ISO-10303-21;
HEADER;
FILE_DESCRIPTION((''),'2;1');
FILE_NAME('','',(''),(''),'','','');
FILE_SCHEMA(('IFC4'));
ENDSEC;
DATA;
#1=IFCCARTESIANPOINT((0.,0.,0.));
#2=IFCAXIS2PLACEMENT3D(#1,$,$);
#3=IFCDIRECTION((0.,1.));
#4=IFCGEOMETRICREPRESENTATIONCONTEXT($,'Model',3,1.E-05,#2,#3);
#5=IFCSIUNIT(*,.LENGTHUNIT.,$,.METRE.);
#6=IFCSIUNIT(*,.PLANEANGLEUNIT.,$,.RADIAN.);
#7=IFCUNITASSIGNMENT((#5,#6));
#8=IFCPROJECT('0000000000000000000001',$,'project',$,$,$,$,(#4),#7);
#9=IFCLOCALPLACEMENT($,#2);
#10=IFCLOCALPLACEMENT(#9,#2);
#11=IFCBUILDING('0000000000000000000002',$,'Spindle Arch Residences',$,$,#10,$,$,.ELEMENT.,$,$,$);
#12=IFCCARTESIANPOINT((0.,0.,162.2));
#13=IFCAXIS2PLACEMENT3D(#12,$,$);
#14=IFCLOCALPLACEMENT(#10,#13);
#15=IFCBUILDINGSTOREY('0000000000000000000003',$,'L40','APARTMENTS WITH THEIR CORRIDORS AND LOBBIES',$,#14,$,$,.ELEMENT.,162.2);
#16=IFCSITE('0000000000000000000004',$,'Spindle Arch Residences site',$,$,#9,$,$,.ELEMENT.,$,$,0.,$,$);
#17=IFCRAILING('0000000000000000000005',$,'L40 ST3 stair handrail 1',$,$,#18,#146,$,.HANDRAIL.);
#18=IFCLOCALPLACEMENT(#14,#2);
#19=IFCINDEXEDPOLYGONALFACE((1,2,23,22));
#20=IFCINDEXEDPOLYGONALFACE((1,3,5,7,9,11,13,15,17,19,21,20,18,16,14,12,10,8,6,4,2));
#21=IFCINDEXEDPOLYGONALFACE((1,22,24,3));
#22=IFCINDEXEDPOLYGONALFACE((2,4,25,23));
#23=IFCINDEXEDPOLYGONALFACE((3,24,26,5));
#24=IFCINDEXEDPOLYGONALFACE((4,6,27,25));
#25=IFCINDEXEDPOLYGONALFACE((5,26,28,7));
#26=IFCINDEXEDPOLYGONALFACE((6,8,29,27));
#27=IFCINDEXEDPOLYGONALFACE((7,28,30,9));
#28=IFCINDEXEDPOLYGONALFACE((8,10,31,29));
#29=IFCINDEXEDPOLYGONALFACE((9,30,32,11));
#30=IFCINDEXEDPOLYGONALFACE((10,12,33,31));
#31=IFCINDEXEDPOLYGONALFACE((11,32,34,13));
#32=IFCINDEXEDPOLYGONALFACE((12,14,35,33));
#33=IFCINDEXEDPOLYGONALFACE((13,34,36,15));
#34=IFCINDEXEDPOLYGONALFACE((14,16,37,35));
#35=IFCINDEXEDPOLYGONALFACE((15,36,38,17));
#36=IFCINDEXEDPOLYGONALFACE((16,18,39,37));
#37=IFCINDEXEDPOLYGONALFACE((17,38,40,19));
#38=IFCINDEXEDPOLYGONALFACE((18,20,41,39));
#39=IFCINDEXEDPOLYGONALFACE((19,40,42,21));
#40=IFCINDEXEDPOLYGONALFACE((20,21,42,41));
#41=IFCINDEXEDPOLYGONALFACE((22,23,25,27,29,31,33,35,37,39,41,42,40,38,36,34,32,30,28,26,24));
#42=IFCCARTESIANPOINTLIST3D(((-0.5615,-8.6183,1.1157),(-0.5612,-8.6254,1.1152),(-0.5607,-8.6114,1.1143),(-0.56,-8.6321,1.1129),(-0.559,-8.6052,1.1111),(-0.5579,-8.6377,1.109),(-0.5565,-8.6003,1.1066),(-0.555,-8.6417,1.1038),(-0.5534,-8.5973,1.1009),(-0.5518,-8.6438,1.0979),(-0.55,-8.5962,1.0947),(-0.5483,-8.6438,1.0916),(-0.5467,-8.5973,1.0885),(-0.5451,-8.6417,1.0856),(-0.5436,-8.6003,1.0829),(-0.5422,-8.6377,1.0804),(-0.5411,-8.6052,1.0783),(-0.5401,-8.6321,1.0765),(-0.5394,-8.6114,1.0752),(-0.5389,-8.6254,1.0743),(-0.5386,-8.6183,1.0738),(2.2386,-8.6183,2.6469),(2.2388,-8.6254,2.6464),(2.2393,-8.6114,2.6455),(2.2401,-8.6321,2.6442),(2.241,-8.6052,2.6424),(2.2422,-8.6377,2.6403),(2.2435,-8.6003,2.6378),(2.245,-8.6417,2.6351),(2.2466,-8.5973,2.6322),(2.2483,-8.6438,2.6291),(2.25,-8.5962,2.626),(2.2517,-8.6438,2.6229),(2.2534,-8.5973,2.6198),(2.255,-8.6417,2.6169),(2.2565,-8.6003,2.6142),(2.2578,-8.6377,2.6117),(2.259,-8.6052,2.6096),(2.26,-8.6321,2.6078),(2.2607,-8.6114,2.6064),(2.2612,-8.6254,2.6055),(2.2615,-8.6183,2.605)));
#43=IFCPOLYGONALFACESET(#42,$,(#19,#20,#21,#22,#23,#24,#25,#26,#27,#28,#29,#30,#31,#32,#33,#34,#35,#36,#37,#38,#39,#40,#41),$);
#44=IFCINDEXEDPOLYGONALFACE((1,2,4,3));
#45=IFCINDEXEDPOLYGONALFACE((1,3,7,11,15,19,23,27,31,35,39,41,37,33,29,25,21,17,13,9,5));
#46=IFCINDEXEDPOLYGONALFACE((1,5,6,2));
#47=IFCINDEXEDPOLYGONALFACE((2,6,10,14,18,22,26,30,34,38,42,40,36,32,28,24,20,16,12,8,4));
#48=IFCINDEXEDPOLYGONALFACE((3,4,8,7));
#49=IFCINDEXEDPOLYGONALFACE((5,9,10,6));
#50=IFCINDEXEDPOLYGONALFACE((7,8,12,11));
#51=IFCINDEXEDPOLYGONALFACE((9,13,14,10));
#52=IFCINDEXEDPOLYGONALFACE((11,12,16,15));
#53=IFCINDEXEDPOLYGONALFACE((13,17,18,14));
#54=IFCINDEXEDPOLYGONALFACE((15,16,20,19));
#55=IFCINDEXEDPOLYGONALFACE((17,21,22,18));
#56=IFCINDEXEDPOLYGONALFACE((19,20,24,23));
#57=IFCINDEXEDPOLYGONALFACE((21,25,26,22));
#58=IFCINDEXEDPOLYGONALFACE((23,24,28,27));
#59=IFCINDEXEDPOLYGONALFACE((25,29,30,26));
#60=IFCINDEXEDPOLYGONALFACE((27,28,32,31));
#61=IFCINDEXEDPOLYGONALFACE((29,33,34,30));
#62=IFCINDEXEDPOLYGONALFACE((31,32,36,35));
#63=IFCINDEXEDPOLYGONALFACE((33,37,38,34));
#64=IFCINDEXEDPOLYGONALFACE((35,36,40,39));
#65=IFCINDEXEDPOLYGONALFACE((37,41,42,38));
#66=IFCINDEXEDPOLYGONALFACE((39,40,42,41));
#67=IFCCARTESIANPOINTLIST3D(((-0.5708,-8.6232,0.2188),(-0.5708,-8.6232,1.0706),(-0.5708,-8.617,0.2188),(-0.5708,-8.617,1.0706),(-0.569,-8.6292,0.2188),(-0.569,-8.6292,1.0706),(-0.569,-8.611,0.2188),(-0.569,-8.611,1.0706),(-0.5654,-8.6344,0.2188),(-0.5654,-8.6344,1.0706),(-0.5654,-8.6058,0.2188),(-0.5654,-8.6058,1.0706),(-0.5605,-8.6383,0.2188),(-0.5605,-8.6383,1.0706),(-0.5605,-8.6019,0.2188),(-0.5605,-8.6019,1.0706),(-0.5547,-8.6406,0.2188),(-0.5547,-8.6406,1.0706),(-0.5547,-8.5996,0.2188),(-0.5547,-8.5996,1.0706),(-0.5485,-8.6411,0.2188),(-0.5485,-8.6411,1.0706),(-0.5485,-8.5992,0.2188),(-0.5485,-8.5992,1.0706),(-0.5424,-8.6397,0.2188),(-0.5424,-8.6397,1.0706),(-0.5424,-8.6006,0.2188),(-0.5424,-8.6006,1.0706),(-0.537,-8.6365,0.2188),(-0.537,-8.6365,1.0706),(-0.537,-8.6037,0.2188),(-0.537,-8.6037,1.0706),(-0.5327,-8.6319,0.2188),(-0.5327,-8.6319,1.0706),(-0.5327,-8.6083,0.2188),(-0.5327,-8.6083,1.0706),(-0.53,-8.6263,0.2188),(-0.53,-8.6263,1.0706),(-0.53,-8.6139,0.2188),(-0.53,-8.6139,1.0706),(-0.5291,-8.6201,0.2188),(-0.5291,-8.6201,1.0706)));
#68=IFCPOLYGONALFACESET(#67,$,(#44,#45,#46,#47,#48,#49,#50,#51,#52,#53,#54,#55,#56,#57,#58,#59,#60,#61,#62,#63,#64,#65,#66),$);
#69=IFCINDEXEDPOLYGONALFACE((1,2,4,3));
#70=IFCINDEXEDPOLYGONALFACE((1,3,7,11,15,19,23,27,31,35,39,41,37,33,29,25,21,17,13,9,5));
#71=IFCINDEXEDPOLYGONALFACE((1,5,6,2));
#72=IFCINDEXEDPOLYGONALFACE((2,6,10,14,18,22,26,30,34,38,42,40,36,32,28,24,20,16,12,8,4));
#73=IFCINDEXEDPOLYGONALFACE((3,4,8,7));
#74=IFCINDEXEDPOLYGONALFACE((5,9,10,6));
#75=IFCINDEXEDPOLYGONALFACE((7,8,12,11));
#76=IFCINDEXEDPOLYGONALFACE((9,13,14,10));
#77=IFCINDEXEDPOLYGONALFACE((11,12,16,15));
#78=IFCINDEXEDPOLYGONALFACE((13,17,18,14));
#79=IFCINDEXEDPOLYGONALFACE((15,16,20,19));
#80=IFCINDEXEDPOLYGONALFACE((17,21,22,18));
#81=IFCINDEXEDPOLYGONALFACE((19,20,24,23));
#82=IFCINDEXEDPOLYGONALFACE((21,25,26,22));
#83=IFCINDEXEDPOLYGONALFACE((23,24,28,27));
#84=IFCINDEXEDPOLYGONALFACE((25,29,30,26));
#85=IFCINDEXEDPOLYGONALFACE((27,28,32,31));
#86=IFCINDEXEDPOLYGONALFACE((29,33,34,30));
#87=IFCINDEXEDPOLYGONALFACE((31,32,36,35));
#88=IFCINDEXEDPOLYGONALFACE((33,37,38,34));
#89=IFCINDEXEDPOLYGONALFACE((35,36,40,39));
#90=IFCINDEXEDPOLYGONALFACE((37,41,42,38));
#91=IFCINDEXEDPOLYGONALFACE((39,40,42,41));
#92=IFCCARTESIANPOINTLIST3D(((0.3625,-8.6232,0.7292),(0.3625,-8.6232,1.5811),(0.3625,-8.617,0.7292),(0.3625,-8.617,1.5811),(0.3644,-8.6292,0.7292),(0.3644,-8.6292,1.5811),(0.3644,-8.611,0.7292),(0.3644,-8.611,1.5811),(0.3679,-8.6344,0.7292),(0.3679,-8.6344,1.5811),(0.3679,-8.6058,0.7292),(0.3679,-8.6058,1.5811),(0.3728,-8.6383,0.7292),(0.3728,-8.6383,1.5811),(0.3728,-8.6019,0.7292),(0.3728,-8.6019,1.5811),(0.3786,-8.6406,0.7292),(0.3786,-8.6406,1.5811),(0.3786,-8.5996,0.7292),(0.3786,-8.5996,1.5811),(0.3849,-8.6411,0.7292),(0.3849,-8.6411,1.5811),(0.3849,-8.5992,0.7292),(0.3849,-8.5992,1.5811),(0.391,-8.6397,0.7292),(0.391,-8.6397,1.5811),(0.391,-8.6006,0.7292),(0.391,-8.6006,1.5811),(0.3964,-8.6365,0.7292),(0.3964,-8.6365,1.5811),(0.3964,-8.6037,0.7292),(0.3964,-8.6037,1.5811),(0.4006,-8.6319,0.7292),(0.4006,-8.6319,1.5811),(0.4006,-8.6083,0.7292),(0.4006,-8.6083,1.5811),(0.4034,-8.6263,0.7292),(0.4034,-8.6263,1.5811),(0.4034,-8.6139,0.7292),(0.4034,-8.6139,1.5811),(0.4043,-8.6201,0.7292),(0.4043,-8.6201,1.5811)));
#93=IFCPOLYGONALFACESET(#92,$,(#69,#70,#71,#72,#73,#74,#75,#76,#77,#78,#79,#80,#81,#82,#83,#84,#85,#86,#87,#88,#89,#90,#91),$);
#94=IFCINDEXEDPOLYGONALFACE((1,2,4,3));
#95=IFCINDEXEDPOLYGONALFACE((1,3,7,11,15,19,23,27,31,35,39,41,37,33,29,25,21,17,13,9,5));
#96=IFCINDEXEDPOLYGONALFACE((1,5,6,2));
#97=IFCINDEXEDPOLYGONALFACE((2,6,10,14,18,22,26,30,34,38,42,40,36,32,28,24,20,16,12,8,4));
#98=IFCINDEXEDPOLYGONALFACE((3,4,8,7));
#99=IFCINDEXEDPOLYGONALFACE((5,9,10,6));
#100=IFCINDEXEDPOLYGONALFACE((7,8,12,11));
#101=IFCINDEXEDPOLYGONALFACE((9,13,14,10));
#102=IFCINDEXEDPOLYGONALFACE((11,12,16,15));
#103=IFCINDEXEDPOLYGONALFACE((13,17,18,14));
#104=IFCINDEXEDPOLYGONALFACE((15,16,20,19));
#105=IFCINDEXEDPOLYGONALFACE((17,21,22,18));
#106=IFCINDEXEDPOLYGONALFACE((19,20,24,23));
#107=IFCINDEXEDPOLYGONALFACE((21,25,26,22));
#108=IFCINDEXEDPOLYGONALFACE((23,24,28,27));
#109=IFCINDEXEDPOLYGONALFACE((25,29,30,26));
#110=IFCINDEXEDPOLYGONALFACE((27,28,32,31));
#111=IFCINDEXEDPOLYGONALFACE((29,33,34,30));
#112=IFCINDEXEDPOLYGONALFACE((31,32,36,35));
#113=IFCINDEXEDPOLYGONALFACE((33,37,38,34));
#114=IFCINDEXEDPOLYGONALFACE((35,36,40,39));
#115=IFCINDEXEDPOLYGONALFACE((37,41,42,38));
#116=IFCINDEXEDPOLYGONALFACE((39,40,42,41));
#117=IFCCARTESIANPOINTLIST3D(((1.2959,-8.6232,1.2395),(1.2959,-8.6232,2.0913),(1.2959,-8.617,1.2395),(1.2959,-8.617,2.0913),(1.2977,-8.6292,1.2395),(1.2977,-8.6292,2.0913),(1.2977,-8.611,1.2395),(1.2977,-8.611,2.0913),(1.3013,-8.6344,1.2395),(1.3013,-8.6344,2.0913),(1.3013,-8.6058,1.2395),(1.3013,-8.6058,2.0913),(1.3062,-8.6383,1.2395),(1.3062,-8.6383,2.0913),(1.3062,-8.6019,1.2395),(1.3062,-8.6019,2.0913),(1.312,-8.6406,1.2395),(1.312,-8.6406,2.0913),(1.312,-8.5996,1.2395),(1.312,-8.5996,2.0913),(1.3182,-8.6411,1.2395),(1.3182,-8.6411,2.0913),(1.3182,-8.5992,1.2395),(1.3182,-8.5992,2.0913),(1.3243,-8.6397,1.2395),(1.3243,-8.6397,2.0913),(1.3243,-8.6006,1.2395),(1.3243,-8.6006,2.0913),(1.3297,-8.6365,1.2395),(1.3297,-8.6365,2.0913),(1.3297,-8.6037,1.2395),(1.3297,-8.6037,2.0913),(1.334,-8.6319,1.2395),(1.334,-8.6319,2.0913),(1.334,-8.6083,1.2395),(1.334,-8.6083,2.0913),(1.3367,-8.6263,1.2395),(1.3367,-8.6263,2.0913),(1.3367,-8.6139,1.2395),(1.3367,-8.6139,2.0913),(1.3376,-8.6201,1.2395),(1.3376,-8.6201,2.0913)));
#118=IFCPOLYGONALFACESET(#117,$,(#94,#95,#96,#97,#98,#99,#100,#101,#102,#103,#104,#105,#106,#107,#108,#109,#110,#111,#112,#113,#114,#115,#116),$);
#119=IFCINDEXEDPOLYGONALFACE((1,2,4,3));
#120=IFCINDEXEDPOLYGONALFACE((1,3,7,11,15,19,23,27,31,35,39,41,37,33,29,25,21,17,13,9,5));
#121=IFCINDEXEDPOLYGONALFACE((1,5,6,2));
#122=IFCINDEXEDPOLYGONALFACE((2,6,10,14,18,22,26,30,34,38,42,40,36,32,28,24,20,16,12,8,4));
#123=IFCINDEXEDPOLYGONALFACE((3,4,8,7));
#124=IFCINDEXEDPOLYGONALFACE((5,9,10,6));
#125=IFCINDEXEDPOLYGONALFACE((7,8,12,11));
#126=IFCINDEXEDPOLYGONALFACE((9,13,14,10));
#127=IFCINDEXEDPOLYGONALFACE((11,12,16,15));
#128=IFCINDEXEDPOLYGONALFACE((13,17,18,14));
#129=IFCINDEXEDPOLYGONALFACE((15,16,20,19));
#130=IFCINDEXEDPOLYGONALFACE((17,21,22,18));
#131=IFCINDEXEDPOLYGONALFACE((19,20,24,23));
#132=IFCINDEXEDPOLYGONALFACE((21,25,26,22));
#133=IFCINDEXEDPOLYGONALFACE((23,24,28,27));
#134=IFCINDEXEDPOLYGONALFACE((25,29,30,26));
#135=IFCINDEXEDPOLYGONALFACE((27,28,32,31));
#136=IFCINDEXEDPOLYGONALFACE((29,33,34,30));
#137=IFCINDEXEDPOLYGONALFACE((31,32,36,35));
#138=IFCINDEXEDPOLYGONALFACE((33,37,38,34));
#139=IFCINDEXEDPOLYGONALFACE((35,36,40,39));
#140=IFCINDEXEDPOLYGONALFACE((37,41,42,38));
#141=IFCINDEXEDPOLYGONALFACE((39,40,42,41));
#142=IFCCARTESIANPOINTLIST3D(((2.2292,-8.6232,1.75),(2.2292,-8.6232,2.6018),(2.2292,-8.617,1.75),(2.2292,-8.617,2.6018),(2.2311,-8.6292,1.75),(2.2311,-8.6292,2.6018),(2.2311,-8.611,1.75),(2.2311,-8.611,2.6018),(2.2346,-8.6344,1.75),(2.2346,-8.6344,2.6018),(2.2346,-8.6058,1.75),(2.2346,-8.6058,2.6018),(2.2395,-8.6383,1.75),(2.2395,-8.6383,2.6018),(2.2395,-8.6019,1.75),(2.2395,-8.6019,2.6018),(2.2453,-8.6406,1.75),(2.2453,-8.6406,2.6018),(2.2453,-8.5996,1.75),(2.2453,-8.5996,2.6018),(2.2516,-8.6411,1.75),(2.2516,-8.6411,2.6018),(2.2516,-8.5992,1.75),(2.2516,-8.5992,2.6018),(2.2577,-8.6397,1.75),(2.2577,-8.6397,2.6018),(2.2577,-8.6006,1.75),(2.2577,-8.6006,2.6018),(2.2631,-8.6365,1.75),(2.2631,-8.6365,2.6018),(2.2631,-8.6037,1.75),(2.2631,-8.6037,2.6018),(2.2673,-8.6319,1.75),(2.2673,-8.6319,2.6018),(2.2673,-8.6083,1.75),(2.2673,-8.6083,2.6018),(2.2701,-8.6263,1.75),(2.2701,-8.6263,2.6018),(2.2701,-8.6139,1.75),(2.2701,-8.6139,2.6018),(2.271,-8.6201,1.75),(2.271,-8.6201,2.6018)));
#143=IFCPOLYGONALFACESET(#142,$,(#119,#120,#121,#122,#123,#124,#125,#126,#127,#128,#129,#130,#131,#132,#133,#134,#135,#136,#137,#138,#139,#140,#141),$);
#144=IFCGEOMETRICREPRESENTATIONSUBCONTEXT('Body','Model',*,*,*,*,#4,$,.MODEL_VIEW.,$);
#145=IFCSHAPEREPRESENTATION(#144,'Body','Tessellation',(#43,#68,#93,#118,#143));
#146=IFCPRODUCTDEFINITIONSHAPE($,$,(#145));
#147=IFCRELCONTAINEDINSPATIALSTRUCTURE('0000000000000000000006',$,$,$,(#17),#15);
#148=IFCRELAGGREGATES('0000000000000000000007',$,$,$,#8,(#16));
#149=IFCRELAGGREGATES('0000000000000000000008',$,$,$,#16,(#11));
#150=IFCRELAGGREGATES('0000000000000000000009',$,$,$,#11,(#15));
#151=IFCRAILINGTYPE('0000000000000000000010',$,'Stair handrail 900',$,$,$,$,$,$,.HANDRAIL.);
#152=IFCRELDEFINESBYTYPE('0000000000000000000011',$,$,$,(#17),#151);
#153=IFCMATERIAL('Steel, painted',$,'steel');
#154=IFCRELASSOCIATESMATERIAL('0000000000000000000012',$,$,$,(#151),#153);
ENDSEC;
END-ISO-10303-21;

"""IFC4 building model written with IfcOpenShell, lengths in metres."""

from ifc_helpers import new_model, si_unit, direction, frame, origin, origin_2d, place, context, subcontext, project, spatial, circle, extrude, material, type_object, element, save


model = new_model("IFC4")

# Units and contexts
model_context = context("Model", 3, precision=1e-05, world=origin(), true_north=direction((0.0, 1.0)))
body_context = subcontext(model_context, "Body", "Model", "MODEL_VIEW")
ifc_project = project(units=[si_unit("LENGTHUNIT", "METRE"), si_unit("PLANEANGLEUNIT", "RADIAN")], contexts=[model_context])

# Site, building, storey
site_placement = place(None, origin())
site = spatial("IfcSite", under=ifc_project, at=site_placement, Name="Spindle Arch Residences site", CompositionType="ELEMENT", RefElevation=0.0)
building_placement = place(site_placement, origin())
building = spatial("IfcBuilding", under=site, at=building_placement, Name="Spindle Arch Residences", CompositionType="ELEMENT")
storey_placement = place(building_placement, frame((0.0, 0.0, 162.2)))
storey = spatial("IfcBuildingStorey", under=building, at=storey_placement, Name="L40", Description="APARTMENTS WITH THEIR CORRIDORS AND LOBBIES", CompositionType="ELEMENT", Elevation=162.2)

# Railing
ifc_material_1 = material(Name="Steel, painted", Category="steel")
railing_type_1 = type_object("IfcRailingType", Name="Stair handrail 900", PredefinedType="HANDRAIL", material=ifc_material_1)
railing_1_placement = place(storey_placement, frame((-0.55, -8.6201, 0.2188)))
element("IfcRailing", 1, at=railing_1_placement, inside=storey, type_object=railing_type_1, Name="L40 ST3 stair handrail 1", PredefinedType="HANDRAIL", context=body_context, shape_type="SweptSolid", body=[
    extrude(circle(Radius=0.0239, at=origin_2d()), frame((0.0, 0.0, 0.876), z_axis=(0.877375, 0.0, 0.479806), x_axis=(0.0, 1.0, 0.0)), (0.0, 0.0, 1.0), 3.1914),
    extrude(circle(Radius=0.021, at=origin_2d()), origin(), (0.0, 0.0, 1.0), 0.8518),
    extrude(circle(Radius=0.021, at=origin_2d()), frame((0.9333, 0.0, 0.5105)), (0.0, 0.0, 1.0), 0.8518),
    extrude(circle(Radius=0.021, at=origin_2d()), frame((1.8667, 0.0, 1.0208)), (0.0, 0.0, 1.0), 0.8518),
    extrude(circle(Radius=0.021, at=origin_2d()), frame((2.8, 0.0, 1.5312)), (0.0, 0.0, 1.0), 0.8518),
])

save(model, "model.ifc")
